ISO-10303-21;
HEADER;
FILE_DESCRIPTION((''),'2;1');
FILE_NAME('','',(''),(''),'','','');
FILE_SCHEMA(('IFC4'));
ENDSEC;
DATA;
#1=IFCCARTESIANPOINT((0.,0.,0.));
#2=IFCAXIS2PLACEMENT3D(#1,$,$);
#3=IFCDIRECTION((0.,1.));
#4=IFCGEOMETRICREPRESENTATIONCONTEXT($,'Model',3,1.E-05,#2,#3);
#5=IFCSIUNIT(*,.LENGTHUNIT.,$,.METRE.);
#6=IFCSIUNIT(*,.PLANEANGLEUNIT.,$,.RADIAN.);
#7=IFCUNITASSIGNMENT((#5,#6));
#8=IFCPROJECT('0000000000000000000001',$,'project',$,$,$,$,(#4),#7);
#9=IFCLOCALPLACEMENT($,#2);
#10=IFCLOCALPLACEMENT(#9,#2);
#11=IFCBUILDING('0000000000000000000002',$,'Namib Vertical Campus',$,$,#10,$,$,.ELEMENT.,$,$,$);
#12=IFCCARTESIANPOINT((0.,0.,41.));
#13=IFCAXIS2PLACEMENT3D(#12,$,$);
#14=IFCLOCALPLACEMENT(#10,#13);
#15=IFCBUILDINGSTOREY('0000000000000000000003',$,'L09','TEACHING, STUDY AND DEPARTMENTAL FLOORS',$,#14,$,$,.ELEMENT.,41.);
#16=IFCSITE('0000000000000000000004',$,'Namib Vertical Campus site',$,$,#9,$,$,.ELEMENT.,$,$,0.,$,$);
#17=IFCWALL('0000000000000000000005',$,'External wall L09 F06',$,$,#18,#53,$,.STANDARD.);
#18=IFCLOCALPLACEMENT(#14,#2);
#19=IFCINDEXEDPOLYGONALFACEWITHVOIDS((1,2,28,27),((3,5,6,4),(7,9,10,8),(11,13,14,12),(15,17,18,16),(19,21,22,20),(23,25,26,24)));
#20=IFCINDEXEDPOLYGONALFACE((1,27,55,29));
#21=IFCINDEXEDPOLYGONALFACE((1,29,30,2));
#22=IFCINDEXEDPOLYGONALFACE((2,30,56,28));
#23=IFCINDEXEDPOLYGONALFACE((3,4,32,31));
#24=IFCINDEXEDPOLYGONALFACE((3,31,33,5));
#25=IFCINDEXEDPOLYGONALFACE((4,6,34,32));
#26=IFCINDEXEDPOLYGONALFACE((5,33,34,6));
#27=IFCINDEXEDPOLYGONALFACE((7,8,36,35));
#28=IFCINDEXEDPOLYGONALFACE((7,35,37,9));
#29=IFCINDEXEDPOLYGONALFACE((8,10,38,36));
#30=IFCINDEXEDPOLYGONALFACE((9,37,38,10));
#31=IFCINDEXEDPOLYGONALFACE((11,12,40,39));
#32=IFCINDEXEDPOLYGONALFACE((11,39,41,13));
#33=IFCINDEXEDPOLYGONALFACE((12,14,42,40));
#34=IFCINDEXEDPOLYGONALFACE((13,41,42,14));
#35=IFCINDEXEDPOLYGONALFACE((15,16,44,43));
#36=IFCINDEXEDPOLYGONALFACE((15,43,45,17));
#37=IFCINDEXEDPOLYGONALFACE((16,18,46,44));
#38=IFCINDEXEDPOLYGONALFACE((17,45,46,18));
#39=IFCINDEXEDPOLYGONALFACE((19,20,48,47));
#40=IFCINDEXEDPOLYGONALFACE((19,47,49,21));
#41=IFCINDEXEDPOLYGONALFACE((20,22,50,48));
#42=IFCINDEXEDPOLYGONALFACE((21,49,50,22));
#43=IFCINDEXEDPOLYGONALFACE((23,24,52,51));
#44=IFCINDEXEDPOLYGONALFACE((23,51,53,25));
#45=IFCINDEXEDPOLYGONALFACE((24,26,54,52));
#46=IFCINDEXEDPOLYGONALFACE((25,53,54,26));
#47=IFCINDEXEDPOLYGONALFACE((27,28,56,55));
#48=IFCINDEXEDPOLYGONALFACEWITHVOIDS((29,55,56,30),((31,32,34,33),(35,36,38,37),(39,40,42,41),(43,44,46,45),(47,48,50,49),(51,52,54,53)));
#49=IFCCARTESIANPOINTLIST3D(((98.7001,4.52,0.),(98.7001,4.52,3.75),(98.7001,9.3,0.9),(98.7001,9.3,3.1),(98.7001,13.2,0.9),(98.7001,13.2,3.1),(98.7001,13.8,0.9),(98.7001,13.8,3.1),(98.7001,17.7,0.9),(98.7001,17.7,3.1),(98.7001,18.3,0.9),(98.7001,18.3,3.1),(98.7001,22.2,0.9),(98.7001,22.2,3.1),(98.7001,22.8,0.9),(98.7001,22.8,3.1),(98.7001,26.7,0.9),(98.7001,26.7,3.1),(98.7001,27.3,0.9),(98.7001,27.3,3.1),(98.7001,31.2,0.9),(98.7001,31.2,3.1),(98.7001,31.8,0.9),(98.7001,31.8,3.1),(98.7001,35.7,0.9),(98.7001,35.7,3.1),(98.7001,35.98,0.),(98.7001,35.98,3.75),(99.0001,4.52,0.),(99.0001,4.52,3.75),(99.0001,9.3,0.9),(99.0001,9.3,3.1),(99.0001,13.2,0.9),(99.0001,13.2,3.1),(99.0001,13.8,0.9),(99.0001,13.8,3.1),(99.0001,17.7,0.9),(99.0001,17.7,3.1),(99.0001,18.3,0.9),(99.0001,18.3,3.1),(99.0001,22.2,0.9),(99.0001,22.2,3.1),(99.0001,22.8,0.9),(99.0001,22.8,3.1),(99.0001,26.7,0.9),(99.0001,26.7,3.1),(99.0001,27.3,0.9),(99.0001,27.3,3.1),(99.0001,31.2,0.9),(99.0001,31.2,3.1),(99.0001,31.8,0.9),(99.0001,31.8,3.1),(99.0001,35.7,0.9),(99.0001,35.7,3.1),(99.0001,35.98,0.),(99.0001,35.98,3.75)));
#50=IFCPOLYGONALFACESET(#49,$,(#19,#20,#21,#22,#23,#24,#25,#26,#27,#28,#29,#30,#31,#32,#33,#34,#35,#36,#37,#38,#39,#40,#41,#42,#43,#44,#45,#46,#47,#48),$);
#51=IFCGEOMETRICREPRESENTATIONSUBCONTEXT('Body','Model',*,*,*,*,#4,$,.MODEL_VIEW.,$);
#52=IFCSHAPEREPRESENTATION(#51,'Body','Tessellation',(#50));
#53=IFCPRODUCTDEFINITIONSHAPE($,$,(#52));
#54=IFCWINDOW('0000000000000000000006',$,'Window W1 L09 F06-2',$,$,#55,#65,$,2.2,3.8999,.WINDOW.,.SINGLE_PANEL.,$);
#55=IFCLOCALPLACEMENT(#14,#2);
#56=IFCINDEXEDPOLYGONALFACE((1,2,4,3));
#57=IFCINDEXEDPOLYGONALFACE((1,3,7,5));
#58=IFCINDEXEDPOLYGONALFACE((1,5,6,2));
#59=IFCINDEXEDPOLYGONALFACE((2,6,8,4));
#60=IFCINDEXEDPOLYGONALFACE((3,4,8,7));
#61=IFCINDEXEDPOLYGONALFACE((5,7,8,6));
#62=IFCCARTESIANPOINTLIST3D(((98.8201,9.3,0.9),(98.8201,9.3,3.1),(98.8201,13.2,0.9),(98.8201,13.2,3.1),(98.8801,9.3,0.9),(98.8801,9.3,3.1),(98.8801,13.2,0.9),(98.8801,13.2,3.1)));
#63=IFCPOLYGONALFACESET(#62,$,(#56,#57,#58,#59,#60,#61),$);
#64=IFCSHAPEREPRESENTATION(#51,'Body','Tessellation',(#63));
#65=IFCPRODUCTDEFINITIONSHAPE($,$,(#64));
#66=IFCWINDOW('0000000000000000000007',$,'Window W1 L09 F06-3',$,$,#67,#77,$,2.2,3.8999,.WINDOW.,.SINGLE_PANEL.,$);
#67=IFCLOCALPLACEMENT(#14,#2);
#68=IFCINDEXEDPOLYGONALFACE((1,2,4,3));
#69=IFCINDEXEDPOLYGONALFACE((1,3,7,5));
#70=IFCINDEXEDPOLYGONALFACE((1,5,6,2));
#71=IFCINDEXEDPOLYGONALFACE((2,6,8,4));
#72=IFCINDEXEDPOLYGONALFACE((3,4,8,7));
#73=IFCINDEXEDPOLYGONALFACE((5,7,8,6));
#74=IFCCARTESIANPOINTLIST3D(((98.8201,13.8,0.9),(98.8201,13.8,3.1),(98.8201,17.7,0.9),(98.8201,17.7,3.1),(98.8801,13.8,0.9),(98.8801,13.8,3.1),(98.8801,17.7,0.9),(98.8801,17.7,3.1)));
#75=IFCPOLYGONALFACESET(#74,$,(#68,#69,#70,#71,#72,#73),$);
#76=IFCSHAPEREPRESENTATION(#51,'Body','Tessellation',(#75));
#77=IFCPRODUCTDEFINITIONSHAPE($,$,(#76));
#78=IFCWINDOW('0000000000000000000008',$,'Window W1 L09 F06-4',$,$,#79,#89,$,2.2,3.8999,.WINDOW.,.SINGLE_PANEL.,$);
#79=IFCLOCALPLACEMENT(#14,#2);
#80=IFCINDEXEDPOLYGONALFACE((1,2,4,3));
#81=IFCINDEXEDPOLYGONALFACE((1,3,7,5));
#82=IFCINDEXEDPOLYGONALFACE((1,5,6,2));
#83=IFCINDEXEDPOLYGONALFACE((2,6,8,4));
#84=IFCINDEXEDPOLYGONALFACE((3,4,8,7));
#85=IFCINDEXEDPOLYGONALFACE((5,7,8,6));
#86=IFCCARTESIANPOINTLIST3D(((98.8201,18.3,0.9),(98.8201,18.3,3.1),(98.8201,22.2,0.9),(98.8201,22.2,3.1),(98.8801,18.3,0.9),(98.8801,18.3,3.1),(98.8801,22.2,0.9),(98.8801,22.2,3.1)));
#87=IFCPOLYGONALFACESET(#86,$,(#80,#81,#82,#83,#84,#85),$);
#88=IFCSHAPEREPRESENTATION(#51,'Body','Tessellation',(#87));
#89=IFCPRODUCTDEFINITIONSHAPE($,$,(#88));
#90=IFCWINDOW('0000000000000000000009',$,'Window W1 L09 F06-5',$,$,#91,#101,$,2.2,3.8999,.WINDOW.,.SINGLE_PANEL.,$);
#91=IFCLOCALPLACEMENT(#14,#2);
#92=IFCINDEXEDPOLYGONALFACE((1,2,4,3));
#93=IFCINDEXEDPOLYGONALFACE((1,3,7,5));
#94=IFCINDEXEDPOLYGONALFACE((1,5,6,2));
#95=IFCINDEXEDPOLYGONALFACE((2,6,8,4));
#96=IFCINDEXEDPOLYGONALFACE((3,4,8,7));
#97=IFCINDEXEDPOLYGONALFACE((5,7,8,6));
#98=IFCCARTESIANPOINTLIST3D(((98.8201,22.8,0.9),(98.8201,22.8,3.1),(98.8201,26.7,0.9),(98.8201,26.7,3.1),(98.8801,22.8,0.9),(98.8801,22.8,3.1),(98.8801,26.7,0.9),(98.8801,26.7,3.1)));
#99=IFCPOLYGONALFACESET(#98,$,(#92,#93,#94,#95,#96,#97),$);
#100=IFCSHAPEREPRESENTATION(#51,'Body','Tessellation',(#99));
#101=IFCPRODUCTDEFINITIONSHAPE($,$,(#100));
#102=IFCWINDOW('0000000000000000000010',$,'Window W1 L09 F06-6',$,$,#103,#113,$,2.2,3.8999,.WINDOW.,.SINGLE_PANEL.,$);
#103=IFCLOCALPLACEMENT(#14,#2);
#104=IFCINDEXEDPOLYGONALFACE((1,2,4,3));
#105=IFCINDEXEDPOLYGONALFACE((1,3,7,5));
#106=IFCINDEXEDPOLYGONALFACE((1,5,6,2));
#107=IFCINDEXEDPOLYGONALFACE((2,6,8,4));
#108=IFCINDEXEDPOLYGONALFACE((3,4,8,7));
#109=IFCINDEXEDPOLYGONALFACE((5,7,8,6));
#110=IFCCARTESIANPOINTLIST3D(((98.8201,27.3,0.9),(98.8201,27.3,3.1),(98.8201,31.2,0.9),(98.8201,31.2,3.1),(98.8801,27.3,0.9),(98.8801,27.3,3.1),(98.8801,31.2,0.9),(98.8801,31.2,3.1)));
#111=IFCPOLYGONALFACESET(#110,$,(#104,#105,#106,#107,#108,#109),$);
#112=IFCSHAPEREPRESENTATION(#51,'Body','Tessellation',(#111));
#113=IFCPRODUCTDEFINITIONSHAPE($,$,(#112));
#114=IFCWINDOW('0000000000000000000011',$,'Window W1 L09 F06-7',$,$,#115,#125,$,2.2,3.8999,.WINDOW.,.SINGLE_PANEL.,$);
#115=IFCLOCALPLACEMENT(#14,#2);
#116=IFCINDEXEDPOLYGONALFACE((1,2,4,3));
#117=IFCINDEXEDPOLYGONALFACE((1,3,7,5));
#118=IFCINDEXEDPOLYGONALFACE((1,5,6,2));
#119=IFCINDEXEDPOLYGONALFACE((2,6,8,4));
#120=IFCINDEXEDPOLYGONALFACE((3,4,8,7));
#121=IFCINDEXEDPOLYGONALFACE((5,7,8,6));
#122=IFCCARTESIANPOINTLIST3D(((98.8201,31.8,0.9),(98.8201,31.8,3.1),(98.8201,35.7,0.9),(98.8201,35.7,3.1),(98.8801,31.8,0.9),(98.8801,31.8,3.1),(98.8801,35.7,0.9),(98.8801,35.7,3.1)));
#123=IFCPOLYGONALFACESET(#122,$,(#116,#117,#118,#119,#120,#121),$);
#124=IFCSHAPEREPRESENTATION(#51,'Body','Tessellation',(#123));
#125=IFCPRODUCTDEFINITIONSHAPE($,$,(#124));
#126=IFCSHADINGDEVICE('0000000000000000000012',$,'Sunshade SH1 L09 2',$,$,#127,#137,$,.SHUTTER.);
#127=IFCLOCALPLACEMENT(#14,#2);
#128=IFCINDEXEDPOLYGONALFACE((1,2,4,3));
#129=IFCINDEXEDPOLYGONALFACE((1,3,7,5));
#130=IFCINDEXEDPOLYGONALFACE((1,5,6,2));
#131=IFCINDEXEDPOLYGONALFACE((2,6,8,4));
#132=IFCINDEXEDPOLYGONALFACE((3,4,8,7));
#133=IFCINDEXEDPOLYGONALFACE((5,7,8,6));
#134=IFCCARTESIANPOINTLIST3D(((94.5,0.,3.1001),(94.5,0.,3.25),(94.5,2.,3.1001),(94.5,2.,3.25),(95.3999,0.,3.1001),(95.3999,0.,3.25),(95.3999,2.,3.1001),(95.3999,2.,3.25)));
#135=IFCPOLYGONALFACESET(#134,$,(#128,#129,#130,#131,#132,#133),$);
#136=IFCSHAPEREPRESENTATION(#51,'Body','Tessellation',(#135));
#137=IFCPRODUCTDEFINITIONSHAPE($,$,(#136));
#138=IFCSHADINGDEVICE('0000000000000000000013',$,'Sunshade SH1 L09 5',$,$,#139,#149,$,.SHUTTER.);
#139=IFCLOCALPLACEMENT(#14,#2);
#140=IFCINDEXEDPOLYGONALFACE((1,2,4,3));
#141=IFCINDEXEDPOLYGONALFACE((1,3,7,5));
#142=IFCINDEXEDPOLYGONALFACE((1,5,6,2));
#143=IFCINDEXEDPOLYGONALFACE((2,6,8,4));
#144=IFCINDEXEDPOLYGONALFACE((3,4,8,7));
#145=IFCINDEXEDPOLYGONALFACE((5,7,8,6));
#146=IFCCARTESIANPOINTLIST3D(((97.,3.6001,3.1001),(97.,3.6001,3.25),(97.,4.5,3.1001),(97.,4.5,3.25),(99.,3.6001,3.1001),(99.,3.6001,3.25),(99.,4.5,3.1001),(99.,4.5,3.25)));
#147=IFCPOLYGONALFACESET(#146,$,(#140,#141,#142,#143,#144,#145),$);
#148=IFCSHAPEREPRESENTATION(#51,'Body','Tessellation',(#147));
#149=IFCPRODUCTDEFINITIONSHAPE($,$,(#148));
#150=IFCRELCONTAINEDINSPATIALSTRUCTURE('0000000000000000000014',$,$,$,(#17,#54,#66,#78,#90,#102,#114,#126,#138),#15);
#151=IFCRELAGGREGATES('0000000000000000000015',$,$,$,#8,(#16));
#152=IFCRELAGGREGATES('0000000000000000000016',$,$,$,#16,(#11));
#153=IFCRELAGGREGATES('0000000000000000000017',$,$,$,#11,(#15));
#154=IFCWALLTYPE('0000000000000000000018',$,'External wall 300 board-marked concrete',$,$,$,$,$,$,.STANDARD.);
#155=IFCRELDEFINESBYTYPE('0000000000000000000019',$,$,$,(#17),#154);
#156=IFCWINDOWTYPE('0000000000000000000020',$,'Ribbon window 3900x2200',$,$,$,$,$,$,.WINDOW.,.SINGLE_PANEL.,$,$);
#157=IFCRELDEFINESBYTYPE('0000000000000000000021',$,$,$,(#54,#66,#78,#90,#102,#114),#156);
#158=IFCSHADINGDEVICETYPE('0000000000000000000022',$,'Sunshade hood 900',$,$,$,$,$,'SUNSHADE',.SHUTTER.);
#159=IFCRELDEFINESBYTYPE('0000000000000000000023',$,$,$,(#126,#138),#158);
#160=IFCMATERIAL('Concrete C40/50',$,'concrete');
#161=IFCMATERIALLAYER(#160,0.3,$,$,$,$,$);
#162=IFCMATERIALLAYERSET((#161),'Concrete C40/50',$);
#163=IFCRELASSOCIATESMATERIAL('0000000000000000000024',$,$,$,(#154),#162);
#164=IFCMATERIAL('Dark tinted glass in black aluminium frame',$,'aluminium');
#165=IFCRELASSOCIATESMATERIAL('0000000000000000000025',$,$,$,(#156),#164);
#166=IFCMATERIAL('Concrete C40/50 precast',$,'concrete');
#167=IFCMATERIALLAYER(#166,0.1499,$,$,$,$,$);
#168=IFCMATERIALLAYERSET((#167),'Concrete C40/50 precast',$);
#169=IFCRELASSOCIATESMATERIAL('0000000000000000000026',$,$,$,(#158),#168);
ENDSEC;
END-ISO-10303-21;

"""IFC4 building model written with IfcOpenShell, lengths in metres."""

from ifc_helpers import new_model, si_unit, direction, frame, frame_2d, origin, origin_2d, place, context, subcontext, project, spatial, rectangle, extrude, material, layer, layer_set, type_object, element, fill, save


model = new_model("IFC4")

# Units and contexts
model_context = context("Model", 3, precision=1e-05, world=origin(), true_north=direction((0.0, 1.0)))
body_context = subcontext(model_context, "Body", "Model", "MODEL_VIEW")
ifc_project = project(units=[si_unit("LENGTHUNIT", "METRE"), si_unit("PLANEANGLEUNIT", "RADIAN")], contexts=[model_context])

# Site, building, storey
site_placement = place(None, origin())
site = spatial("IfcSite", under=ifc_project, at=site_placement, Name="Namib Vertical Campus site", CompositionType="ELEMENT", RefElevation=0.0)
building_placement = place(site_placement, origin())
building = spatial("IfcBuilding", under=site, at=building_placement, Name="Namib Vertical Campus", CompositionType="ELEMENT")
storey_placement = place(building_placement, frame((0.0, 0.0, 41.0)))
storey = spatial("IfcBuildingStorey", under=building, at=storey_placement, Name="L09", Description="TEACHING, STUDY AND DEPARTMENTAL FLOORS", CompositionType="ELEMENT", Elevation=41.0)

# Shared definitions
ifc_material_1 = material(Name="Concrete C40/50", Category="concrete")
ifc_layer_1 = layer(ifc_material_1, 0.3)
ifc_layer_set_1 = layer_set([ifc_layer_1], Name="Concrete C40/50")
wall_type = type_object("IfcWallType", Name="External wall 300 board-marked concrete", PredefinedType="STANDARD", material=ifc_layer_set_1)

# Wall, openings, windows
wall_1_placement = place(storey_placement, frame((98.8501, 4.52, 0.0), z_axis=(0.0, 0.0, 1.0), x_axis=(0.0, 1.0, 0.0)))
wall_1 = element("IfcWall", 1, at=wall_1_placement, inside=storey, type_object=wall_type, Name="External wall L09 F06", PredefinedType="STANDARD", context=body_context, shape_type="SweptSolid", body=[
    extrude(rectangle(XDim=31.46, YDim=0.3, at=frame_2d((15.73, 0.0))), origin(), (0.0, 0.0, 1.0), 3.75),
])
opening_1_placement = place(wall_1_placement, frame((4.78, 0.0, 0.8999)))
opening_1 = element("IfcOpeningElement", 2, at=opening_1_placement, cuts=wall_1, PredefinedType="OPENING", context=body_context, shape_type="SweptSolid", body=[
    extrude(rectangle(XDim=3.8999, YDim=2.2, at=frame_2d((1.95, 1.1001))), frame((0.0, 0.1599, 0.0), z_axis=(0.0, -1.0, 0.0), x_axis=(1.0, 0.0, 0.0)), (0.0, 0.0, 1.0), 0.3201),
])
opening_2_placement = place(wall_1_placement, frame((9.28, 0.0, 0.8999)))
opening_2 = element("IfcOpeningElement", 3, at=opening_2_placement, cuts=wall_1, PredefinedType="OPENING", context=body_context, shape_type="SweptSolid", body=[
    extrude(rectangle(XDim=3.8999, YDim=2.2, at=frame_2d((1.95, 1.1001))), frame((0.0, 0.1599, 0.0), z_axis=(0.0, -1.0, 0.0), x_axis=(1.0, 0.0, 0.0)), (0.0, 0.0, 1.0), 0.3201),
])
opening_3_placement = place(wall_1_placement, frame((13.78, 0.0, 0.8999)))
opening_3 = element("IfcOpeningElement", 4, at=opening_3_placement, cuts=wall_1, PredefinedType="OPENING", context=body_context, shape_type="SweptSolid", body=[
    extrude(rectangle(XDim=3.8999, YDim=2.2, at=frame_2d((1.95, 1.1001))), frame((0.0, 0.1599, 0.0), z_axis=(0.0, -1.0, 0.0), x_axis=(1.0, 0.0, 0.0)), (0.0, 0.0, 1.0), 0.3201),
])
opening_4_placement = place(wall_1_placement, frame((18.28, 0.0, 0.8999)))
opening_4 = element("IfcOpeningElement", 5, at=opening_4_placement, cuts=wall_1, PredefinedType="OPENING", context=body_context, shape_type="SweptSolid", body=[
    extrude(rectangle(XDim=3.8999, YDim=2.2, at=frame_2d((1.95, 1.1001))), frame((0.0, 0.1599, 0.0), z_axis=(0.0, -1.0, 0.0), x_axis=(1.0, 0.0, 0.0)), (0.0, 0.0, 1.0), 0.3201),
])
opening_5_placement = place(wall_1_placement, frame((22.78, 0.0, 0.8999)))
opening_5 = element("IfcOpeningElement", 6, at=opening_5_placement, cuts=wall_1, PredefinedType="OPENING", context=body_context, shape_type="SweptSolid", body=[
    extrude(rectangle(XDim=3.8999, YDim=2.2, at=frame_2d((1.95, 1.1001))), frame((0.0, 0.1599, 0.0), z_axis=(0.0, -1.0, 0.0), x_axis=(1.0, 0.0, 0.0)), (0.0, 0.0, 1.0), 0.3201),
])
opening_6_placement = place(wall_1_placement, frame((27.28, 0.0, 0.8999)))
opening_6 = element("IfcOpeningElement", 7, at=opening_6_placement, cuts=wall_1, PredefinedType="OPENING", context=body_context, shape_type="SweptSolid", body=[
    extrude(rectangle(XDim=3.8999, YDim=2.2, at=frame_2d((1.95, 1.1001))), frame((0.0, 0.1599, 0.0), z_axis=(0.0, -1.0, 0.0), x_axis=(1.0, 0.0, 0.0)), (0.0, 0.0, 1.0), 0.3201),
])
ifc_material_2 = material(Name="Dark tinted glass in black aluminium frame", Category="aluminium")
window_type = type_object("IfcWindowType", Name="Ribbon window 3900x2200", PartitioningType="SINGLE_PANEL", PredefinedType="WINDOW", material=ifc_material_2)
window_1_placement = place(opening_1_placement, origin())
window_1 = element("IfcWindow", 8, at=window_1_placement, inside=storey, type_object=window_type, Name="Window W1 L09 F06-2", OverallHeight=2.2, OverallWidth=3.8999, PartitioningType="SINGLE_PANEL", PredefinedType="WINDOW", context=body_context, shape_type="SweptSolid", body=[
    extrude(rectangle(XDim=3.8999, YDim=2.2, at=frame_2d((1.95, 1.1001))), frame((0.0, 0.03, 0.0), z_axis=(0.0, -1.0, 0.0), x_axis=(1.0, 0.0, 0.0)), (0.0, 0.0, 1.0), 0.0601),
])
fill(opening_1, window_1)
window_2_placement = place(opening_2_placement, origin())
window_2 = element("IfcWindow", 9, at=window_2_placement, inside=storey, type_object=window_type, Name="Window W1 L09 F06-3", OverallHeight=2.2, OverallWidth=3.8999, PartitioningType="SINGLE_PANEL", PredefinedType="WINDOW", context=body_context, shape_type="SweptSolid", body=[
    extrude(rectangle(XDim=3.8999, YDim=2.2, at=frame_2d((1.95, 1.1001))), frame((0.0, 0.03, 0.0), z_axis=(0.0, -1.0, 0.0), x_axis=(1.0, 0.0, 0.0)), (0.0, 0.0, 1.0), 0.0601),
])
fill(opening_2, window_2)
window_3_placement = place(opening_3_placement, origin())
window_3 = element("IfcWindow", 10, at=window_3_placement, inside=storey, type_object=window_type, Name="Window W1 L09 F06-4", OverallHeight=2.2, OverallWidth=3.8999, PartitioningType="SINGLE_PANEL", PredefinedType="WINDOW", context=body_context, shape_type="SweptSolid", body=[
    extrude(rectangle(XDim=3.8999, YDim=2.2, at=frame_2d((1.95, 1.1001))), frame((0.0, 0.03, 0.0), z_axis=(0.0, -1.0, 0.0), x_axis=(1.0, 0.0, 0.0)), (0.0, 0.0, 1.0), 0.0601),
])
fill(opening_3, window_3)
window_4_placement = place(opening_4_placement, origin())
window_4 = element("IfcWindow", 11, at=window_4_placement, inside=storey, type_object=window_type, Name="Window W1 L09 F06-5", OverallHeight=2.2, OverallWidth=3.8999, PartitioningType="SINGLE_PANEL", PredefinedType="WINDOW", context=body_context, shape_type="SweptSolid", body=[
    extrude(rectangle(XDim=3.8999, YDim=2.2, at=frame_2d((1.95, 1.1001))), frame((0.0, 0.03, 0.0), z_axis=(0.0, -1.0, 0.0), x_axis=(1.0, 0.0, 0.0)), (0.0, 0.0, 1.0), 0.0601),
])
fill(opening_4, window_4)
window_5_placement = place(opening_5_placement, origin())
window_5 = element("IfcWindow", 12, at=window_5_placement, inside=storey, type_object=window_type, Name="Window W1 L09 F06-6", OverallHeight=2.2, OverallWidth=3.8999, PartitioningType="SINGLE_PANEL", PredefinedType="WINDOW", context=body_context, shape_type="SweptSolid", body=[
    extrude(rectangle(XDim=3.8999, YDim=2.2, at=frame_2d((1.95, 1.1001))), frame((0.0, 0.03, 0.0), z_axis=(0.0, -1.0, 0.0), x_axis=(1.0, 0.0, 0.0)), (0.0, 0.0, 1.0), 0.0601),
])
fill(opening_5, window_5)
window_6_placement = place(opening_6_placement, origin())
window_6 = element("IfcWindow", 13, at=window_6_placement, inside=storey, type_object=window_type, Name="Window W1 L09 F06-7", OverallHeight=2.2, OverallWidth=3.8999, PartitioningType="SINGLE_PANEL", PredefinedType="WINDOW", context=body_context, shape_type="SweptSolid", body=[
    extrude(rectangle(XDim=3.8999, YDim=2.2, at=frame_2d((1.95, 1.1001))), frame((0.0, 0.03, 0.0), z_axis=(0.0, -1.0, 0.0), x_axis=(1.0, 0.0, 0.0)), (0.0, 0.0, 1.0), 0.0601),
])
fill(opening_6, window_6)

# Shading devices
ifc_material_3 = material(Name="Concrete C40/50 precast", Category="concrete")
ifc_layer_2 = layer(ifc_material_3, 0.1499)
ifc_layer_set_2 = layer_set([ifc_layer_2], Name="Concrete C40/50 precast")
shading_device_type = type_object("IfcShadingDeviceType", Name="Sunshade hood 900", ElementType="SUNSHADE", PredefinedType="SHUTTER", material=ifc_layer_set_2)
for number, where, z_axis, x_axis, name in (
    (14, (94.95, 1.0, 3.1001), (0.0, 0.0, 1.0), (0.0, 1.0, 0.0), "Sunshade SH1 L09 2"),
    (15, (98.0, 4.05, 3.1001), (0.0, 0.0, 1.0), (1.0, 0.0, 0.0), "Sunshade SH1 L09 5"),
):
    element("IfcShadingDevice", number, at=place(storey_placement, frame(where, z_axis=z_axis, x_axis=x_axis)), inside=storey, type_object=shading_device_type, Name=name, PredefinedType="SHUTTER", context=body_context, shape_type="SweptSolid", body=[
        extrude(rectangle(XDim=2.0, YDim=0.8999, at=origin_2d()), origin(), (0.0, 0.0, 1.0), 0.1499),
    ])

save(model, "model.ifc")
